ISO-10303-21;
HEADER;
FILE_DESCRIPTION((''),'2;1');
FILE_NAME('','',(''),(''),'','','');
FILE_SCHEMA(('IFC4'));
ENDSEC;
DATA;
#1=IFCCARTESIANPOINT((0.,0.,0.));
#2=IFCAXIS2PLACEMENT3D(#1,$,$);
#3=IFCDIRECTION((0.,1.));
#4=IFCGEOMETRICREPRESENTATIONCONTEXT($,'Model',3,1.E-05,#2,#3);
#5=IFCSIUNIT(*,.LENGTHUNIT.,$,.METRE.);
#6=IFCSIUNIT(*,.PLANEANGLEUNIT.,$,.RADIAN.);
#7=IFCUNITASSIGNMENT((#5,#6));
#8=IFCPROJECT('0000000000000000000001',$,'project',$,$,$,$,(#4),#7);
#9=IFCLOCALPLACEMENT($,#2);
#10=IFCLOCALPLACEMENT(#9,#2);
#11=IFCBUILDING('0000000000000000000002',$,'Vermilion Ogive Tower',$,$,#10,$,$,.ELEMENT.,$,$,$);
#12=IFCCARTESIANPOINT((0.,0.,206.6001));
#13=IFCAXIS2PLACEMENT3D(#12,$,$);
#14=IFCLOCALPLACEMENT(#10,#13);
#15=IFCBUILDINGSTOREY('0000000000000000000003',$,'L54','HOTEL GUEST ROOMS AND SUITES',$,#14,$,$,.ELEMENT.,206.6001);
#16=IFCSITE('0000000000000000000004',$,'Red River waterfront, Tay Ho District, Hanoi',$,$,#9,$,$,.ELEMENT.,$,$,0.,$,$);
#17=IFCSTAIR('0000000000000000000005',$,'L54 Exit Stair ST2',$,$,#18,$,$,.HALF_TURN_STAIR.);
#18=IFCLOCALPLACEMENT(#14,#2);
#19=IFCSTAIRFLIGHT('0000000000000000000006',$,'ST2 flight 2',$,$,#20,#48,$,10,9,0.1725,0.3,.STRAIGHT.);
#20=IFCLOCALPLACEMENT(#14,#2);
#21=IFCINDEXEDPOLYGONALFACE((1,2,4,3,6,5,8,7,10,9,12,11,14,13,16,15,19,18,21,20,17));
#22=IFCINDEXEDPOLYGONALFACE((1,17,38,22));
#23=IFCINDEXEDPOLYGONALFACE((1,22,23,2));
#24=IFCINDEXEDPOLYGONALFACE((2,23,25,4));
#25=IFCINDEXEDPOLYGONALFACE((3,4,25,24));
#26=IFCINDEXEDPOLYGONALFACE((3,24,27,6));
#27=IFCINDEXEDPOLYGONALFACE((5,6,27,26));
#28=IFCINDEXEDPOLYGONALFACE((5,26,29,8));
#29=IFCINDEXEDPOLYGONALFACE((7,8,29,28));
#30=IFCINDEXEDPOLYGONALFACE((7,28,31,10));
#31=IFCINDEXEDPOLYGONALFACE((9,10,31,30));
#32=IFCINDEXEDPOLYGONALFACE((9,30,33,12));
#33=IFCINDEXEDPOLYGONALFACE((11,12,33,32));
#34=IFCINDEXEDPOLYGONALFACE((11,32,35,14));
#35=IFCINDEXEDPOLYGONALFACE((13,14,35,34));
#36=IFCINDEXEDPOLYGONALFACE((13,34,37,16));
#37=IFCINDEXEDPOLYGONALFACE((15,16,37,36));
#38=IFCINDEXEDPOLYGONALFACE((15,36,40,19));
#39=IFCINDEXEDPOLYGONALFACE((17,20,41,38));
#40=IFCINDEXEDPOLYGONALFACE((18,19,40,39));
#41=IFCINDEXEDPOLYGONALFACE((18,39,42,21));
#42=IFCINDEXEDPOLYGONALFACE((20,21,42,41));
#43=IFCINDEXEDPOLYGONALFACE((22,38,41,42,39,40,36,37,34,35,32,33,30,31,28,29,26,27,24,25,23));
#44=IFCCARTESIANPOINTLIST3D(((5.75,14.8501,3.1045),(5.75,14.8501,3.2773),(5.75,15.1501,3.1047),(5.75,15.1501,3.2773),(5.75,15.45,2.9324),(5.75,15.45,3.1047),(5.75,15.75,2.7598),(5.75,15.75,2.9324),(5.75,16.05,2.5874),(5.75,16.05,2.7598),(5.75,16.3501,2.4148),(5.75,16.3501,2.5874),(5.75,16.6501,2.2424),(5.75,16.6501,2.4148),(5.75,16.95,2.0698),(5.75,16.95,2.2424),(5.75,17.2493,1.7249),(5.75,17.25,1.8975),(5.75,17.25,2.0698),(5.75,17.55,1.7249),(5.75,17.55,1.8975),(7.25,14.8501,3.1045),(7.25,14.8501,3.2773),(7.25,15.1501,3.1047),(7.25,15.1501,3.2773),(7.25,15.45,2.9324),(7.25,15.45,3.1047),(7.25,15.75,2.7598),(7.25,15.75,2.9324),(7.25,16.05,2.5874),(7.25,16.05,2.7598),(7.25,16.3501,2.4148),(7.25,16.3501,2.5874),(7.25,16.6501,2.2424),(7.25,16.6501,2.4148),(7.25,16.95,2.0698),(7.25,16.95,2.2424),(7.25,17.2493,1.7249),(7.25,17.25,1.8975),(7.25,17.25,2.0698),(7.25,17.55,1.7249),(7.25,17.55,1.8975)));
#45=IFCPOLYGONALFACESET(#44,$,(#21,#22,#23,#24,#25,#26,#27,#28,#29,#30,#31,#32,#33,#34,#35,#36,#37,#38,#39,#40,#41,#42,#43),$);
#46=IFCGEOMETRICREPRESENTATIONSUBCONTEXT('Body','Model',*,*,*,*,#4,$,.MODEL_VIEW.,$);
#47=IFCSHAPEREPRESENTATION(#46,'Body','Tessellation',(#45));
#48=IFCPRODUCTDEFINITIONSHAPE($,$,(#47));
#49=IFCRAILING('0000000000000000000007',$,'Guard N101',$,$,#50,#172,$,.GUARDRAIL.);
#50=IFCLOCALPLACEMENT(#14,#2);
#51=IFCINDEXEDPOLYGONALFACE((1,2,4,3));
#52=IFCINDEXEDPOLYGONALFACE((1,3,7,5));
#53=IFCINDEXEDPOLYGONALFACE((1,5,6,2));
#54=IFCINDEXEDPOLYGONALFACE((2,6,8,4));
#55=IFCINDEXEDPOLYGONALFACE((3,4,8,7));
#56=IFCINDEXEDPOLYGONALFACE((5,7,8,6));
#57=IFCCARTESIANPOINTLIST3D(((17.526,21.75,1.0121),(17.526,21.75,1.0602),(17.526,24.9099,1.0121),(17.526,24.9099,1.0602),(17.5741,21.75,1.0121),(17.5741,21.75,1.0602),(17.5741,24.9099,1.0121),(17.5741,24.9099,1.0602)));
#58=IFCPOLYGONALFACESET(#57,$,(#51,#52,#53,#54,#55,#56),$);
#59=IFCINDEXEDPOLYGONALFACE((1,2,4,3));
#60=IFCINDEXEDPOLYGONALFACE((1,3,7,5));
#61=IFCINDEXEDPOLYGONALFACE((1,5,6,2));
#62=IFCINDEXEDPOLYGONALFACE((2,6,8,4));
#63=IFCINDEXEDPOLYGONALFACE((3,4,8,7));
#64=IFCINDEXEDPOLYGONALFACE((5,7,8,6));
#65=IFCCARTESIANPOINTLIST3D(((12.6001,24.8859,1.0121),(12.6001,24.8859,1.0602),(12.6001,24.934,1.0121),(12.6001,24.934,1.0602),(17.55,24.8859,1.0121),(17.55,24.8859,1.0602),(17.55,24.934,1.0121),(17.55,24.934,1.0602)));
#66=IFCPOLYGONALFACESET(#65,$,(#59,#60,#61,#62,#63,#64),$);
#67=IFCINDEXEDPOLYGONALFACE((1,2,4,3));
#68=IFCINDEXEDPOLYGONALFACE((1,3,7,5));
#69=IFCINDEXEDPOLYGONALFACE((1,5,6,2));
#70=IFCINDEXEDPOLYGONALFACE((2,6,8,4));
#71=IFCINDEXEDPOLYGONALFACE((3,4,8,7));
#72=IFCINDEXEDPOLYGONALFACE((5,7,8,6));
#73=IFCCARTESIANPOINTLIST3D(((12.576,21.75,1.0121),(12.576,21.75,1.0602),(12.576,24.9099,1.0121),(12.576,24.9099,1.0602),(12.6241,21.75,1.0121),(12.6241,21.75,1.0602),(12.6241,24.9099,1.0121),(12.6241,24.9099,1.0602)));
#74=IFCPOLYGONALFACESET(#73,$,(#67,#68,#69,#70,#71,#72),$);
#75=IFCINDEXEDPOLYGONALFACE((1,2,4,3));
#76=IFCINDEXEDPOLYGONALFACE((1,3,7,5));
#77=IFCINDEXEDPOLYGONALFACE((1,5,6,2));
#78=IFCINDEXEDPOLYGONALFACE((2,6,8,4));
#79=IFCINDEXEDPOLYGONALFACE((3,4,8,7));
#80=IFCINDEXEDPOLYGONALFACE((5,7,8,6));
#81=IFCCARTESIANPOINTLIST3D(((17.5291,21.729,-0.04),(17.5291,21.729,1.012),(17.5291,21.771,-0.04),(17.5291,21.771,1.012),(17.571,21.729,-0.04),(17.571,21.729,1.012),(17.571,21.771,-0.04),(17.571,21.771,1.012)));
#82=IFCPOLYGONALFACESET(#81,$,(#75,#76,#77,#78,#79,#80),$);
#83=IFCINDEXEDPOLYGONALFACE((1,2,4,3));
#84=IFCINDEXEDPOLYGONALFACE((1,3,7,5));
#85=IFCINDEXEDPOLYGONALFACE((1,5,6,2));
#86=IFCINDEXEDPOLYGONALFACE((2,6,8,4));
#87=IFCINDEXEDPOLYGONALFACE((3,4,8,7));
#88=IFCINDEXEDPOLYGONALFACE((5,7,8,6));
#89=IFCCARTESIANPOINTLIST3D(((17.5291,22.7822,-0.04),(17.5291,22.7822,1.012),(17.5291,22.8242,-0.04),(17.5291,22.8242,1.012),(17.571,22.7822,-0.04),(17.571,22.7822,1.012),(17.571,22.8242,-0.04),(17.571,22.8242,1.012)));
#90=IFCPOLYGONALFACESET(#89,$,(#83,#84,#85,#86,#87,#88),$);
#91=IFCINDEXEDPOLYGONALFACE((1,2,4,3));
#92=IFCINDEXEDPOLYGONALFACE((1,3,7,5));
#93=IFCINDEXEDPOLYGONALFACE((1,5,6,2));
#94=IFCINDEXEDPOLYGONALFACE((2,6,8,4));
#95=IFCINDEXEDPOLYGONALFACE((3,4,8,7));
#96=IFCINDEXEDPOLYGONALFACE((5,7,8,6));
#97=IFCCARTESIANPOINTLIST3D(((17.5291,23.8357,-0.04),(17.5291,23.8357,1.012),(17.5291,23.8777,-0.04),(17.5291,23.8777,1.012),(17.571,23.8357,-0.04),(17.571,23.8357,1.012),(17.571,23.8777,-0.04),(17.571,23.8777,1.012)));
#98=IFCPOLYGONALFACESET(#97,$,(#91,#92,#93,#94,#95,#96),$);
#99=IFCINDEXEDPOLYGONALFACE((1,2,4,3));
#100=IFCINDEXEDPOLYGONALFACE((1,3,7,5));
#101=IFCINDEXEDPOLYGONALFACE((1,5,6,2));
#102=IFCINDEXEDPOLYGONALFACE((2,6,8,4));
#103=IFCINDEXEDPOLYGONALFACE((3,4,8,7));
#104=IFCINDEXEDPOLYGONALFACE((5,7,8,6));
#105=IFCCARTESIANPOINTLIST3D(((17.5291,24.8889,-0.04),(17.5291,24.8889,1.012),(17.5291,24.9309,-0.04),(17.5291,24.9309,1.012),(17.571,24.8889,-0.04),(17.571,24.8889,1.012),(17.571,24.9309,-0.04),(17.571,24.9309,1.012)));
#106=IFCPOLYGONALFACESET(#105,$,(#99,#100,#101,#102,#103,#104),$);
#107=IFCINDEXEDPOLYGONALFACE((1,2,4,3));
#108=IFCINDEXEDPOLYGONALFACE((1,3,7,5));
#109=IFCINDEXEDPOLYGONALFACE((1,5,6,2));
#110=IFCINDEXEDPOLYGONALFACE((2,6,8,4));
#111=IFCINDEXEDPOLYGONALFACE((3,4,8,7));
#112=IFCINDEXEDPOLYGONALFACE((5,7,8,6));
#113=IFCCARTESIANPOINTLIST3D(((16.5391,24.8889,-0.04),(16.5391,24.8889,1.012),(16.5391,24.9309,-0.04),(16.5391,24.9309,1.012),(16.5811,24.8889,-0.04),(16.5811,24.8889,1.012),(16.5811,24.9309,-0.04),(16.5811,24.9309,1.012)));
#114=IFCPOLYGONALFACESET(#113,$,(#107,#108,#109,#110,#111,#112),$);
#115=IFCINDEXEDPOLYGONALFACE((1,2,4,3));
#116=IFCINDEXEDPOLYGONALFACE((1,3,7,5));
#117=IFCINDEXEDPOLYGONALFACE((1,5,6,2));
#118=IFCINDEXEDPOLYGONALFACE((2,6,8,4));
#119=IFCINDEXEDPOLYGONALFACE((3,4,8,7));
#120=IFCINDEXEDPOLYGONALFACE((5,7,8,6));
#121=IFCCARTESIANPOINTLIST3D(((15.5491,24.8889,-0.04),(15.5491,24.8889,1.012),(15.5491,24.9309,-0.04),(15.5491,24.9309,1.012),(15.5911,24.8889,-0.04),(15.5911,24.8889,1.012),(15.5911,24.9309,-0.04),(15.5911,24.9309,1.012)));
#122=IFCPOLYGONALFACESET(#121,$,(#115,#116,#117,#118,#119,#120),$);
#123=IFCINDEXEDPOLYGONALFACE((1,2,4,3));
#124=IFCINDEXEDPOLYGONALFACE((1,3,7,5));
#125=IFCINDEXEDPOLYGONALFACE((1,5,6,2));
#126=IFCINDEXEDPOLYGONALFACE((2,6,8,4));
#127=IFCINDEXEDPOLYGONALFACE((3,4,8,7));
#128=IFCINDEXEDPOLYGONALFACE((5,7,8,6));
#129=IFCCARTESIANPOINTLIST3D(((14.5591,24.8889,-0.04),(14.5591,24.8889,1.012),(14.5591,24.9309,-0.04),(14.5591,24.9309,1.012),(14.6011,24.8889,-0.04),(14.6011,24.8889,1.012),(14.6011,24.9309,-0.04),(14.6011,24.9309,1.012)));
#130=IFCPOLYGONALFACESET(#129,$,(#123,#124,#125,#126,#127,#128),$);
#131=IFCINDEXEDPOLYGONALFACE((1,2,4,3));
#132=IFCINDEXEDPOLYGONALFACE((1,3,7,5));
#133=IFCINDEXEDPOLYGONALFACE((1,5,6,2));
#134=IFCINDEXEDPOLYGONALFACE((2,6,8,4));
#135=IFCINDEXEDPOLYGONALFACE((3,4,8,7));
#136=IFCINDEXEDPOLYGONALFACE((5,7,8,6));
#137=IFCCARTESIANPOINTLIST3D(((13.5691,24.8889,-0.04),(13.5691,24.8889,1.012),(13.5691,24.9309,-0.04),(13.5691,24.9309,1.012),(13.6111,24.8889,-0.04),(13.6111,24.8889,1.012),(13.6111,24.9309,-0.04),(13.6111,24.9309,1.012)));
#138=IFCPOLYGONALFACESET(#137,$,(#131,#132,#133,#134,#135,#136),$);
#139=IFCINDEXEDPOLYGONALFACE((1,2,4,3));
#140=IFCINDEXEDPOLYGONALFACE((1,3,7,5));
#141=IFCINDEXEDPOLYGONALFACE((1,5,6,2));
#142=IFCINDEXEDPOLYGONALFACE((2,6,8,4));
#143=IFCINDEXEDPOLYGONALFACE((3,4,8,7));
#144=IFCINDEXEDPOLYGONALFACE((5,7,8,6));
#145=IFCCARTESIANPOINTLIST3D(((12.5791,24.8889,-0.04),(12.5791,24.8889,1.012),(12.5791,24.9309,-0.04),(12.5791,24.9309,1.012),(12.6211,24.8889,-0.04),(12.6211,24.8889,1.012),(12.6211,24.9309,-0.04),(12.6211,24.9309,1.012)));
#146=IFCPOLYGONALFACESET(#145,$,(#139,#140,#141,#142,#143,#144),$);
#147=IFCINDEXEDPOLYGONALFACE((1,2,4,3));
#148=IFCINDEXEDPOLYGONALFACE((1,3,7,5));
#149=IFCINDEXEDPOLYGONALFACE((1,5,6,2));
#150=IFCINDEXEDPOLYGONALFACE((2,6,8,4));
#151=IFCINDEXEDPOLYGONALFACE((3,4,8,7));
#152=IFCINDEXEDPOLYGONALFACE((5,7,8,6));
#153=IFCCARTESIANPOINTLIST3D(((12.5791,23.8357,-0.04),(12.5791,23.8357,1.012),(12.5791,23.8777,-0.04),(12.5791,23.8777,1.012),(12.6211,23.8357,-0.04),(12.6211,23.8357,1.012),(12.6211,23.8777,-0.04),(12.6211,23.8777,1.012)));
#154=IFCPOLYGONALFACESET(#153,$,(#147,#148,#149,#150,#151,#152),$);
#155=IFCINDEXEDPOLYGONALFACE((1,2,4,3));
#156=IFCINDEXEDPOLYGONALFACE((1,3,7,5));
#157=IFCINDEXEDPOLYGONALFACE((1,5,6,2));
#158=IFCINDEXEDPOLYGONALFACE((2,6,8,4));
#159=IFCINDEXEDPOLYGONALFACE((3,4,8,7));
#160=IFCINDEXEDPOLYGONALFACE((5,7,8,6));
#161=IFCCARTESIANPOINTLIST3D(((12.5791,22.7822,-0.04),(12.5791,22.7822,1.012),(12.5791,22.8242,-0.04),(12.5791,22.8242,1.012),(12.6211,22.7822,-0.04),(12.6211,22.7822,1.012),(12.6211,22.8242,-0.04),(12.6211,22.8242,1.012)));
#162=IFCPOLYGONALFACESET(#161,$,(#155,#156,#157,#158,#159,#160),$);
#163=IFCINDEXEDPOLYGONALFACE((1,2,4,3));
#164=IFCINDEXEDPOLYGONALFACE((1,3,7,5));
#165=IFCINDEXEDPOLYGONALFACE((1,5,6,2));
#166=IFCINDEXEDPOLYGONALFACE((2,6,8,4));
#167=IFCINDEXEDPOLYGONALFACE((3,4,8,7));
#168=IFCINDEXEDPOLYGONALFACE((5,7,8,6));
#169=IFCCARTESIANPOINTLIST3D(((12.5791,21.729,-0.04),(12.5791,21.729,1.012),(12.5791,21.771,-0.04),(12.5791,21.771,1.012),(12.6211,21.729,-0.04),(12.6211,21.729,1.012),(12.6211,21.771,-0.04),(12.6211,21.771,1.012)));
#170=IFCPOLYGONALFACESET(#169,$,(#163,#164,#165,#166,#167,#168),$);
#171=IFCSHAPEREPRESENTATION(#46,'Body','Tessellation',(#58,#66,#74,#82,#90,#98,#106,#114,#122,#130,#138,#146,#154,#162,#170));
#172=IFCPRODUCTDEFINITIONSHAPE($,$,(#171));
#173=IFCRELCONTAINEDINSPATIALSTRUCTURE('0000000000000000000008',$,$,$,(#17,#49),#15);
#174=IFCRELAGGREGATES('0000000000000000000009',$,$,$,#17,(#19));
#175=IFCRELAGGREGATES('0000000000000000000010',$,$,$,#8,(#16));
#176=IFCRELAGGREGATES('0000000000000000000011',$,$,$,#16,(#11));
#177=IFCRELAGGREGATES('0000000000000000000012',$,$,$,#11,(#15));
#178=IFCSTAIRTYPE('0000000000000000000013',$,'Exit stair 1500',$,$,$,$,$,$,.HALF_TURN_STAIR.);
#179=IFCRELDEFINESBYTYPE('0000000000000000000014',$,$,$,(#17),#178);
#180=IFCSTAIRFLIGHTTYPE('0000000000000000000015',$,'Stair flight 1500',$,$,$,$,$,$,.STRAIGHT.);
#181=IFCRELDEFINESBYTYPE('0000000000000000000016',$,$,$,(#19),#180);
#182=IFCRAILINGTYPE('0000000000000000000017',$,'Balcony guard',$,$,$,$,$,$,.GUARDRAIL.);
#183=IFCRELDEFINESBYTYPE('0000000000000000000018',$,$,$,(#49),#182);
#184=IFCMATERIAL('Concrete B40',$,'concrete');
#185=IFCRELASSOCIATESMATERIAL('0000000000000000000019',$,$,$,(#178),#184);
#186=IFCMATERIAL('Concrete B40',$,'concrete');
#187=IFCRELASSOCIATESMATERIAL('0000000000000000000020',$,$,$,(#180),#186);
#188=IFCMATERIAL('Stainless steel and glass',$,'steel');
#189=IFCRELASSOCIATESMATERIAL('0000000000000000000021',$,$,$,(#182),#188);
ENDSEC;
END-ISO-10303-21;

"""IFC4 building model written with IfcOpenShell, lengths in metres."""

from ifc_helpers import new_model, si_unit, direction, frame, origin, origin_2d, place, context, subcontext, project, spatial, polyline, rectangle, outline, extrude, material, type_object, element, aggregate, save


model = new_model("IFC4")

# Units and contexts
model_context = context("Model", 3, precision=1e-05, world=origin(), true_north=direction((0.0, 1.0)))
body_context = subcontext(model_context, "Body", "Model", "MODEL_VIEW")
ifc_project = project(units=[si_unit("LENGTHUNIT", "METRE"), si_unit("PLANEANGLEUNIT", "RADIAN")], contexts=[model_context])

# Site, building, storey
site_placement = place(None, origin())
site = spatial("IfcSite", under=ifc_project, at=site_placement, Name="Red River waterfront, Tay Ho District, Hanoi", CompositionType="ELEMENT", RefElevation=0.0)
building_placement = place(site_placement, origin())
building = spatial("IfcBuilding", under=site, at=building_placement, Name="Vermilion Ogive Tower", CompositionType="ELEMENT")
storey_placement = place(building_placement, frame((0.0, 0.0, 206.6001)))
storey = spatial("IfcBuildingStorey", under=building, at=storey_placement, Name="L54", Description="HOTEL GUEST ROOMS AND SUITES", CompositionType="ELEMENT", Elevation=206.6001)

# Stair, stair flight
ifc_material_1 = material(Name="Concrete B40", Category="concrete")
stair_type = type_object("IfcStairType", Name="Exit stair 1500", PredefinedType="HALF_TURN_STAIR", material=ifc_material_1)
stair_placement = place(storey_placement, origin())
stair = element("IfcStair", 1, at=stair_placement, inside=storey, type_object=stair_type, Name="L54 Exit Stair ST2", PredefinedType="HALF_TURN_STAIR")
ifc_material_2 = material(Name="Concrete B40", Category="concrete")
stair_flight_type = type_object("IfcStairFlightType", Name="Stair flight 1500", PredefinedType="STRAIGHT", material=ifc_material_2)
stair_flight_placement = place(storey_placement, frame((6.5, 17.55, 1.7249), z_axis=(0.0, 0.0, 1.0), x_axis=(0.0, -1.0, 0.0)))
stair_flight = element("IfcStairFlight", 2, at=stair_flight_placement, type_object=stair_flight_type, Name="ST2 flight 2", NumberOfRisers=10, NumberOfTreads=9, PredefinedType="STRAIGHT", RiserHeight=0.1725, TreadLength=0.3, context=body_context, shape_type="SweptSolid", body=[
    extrude(outline(polyline([(0.0, 0.0), (0.0, 0.1726), (0.3, 0.1726), (0.3, 0.345), (0.6001, 0.345), (0.6001, 0.5176), (0.8999, 0.5176), (0.8999, 0.6899), (1.2, 0.6899), (1.2, 0.8625), (1.5, 0.8625), (1.5, 1.0349), (1.8, 1.0349), (1.8, 1.2075), (2.1001, 1.2075), (2.1001, 1.3799), (2.3999, 1.3799), (2.3999, 1.5525), (2.7, 1.5525), (2.7, 1.7251), (2.7, 1.3796), (0.3008, 0.0), (0.0, 0.0)])), frame((0.0, 0.75, 0.0), z_axis=(0.0, -1.0, 0.0), x_axis=(1.0, 0.0, 0.0)), (0.0, 0.0, 1.0), 1.5),
])
aggregate(stair, [stair_flight])

# Railing
ifc_material_3 = material(Name="Stainless steel and glass", Category="steel")
railing_type_1 = type_object("IfcRailingType", Name="Balcony guard", PredefinedType="GUARDRAIL", material=ifc_material_3)
railing_1_placement = place(storey_placement, frame((17.55, 21.75, -0.04)))
element("IfcRailing", 3, at=railing_1_placement, inside=storey, type_object=railing_type_1, Name="Guard N101", PredefinedType="GUARDRAIL", context=body_context, shape_type="SweptSolid", body=[
    extrude(rectangle(XDim=0.0481, YDim=0.0481, at=origin_2d()), frame((0.0, 0.0, 1.0762), z_axis=(0.0, 1.0, 0.0), x_axis=(-1.0, 0.0, 0.0)), (0.0, 0.0, 1.0), 3.1599),
    extrude(rectangle(XDim=0.0481, YDim=0.0481, at=origin_2d()), frame((0.0, 3.1599, 1.0762), z_axis=(-1.0, 0.0, 0.0), x_axis=(0.0, -1.0, 0.0)), (0.0, 0.0, 1.0), 4.95),
    extrude(rectangle(XDim=0.0481, YDim=0.0481, at=origin_2d()), frame((-4.95, 3.1599, 1.0762), z_axis=(0.0, -1.0, 0.0), x_axis=(1.0, 0.0, 0.0)), (0.0, 0.0, 1.0), 3.1599),
    extrude(rectangle(XDim=0.042, YDim=0.042, at=origin_2d()), origin(), (0.0, 0.0, 1.0), 1.052),
    extrude(rectangle(XDim=0.042, YDim=0.042, at=origin_2d()), frame((0.0, 1.0532, 0.0)), (0.0, 0.0, 1.0), 1.052),
    extrude(rectangle(XDim=0.042, YDim=0.042, at=origin_2d()), frame((0.0, 2.1067, 0.0)), (0.0, 0.0, 1.0), 1.052),
    extrude(rectangle(XDim=0.042, YDim=0.042, at=origin_2d()), frame((0.0, 3.1599, 0.0)), (0.0, 0.0, 1.0), 1.052),
    extrude(rectangle(XDim=0.042, YDim=0.042, at=origin_2d()), frame((-0.99, 3.1599, 0.0)), (0.0, 0.0, 1.0), 1.052),
    extrude(rectangle(XDim=0.042, YDim=0.042, at=origin_2d()), frame((-1.98, 3.1599, 0.0)), (0.0, 0.0, 1.0), 1.052),
    extrude(rectangle(XDim=0.042, YDim=0.042, at=origin_2d()), frame((-2.97, 3.1599, 0.0)), (0.0, 0.0, 1.0), 1.052),
    extrude(rectangle(XDim=0.042, YDim=0.042, at=origin_2d()), frame((-3.96, 3.1599, 0.0)), (0.0, 0.0, 1.0), 1.052),
    extrude(rectangle(XDim=0.042, YDim=0.042, at=origin_2d()), frame((-4.95, 3.1599, 0.0)), (0.0, 0.0, 1.0), 1.052),
    extrude(rectangle(XDim=0.042, YDim=0.042, at=origin_2d()), frame((-4.95, 2.1067, 0.0)), (0.0, 0.0, 1.0), 1.052),
    extrude(rectangle(XDim=0.042, YDim=0.042, at=origin_2d()), frame((-4.95, 1.0532, 0.0)), (0.0, 0.0, 1.0), 1.052),
    extrude(rectangle(XDim=0.042, YDim=0.042, at=origin_2d()), frame((-4.95, 0.0, 0.0)), (0.0, 0.0, 1.0), 1.052),
])

save(model, "model.ifc")
